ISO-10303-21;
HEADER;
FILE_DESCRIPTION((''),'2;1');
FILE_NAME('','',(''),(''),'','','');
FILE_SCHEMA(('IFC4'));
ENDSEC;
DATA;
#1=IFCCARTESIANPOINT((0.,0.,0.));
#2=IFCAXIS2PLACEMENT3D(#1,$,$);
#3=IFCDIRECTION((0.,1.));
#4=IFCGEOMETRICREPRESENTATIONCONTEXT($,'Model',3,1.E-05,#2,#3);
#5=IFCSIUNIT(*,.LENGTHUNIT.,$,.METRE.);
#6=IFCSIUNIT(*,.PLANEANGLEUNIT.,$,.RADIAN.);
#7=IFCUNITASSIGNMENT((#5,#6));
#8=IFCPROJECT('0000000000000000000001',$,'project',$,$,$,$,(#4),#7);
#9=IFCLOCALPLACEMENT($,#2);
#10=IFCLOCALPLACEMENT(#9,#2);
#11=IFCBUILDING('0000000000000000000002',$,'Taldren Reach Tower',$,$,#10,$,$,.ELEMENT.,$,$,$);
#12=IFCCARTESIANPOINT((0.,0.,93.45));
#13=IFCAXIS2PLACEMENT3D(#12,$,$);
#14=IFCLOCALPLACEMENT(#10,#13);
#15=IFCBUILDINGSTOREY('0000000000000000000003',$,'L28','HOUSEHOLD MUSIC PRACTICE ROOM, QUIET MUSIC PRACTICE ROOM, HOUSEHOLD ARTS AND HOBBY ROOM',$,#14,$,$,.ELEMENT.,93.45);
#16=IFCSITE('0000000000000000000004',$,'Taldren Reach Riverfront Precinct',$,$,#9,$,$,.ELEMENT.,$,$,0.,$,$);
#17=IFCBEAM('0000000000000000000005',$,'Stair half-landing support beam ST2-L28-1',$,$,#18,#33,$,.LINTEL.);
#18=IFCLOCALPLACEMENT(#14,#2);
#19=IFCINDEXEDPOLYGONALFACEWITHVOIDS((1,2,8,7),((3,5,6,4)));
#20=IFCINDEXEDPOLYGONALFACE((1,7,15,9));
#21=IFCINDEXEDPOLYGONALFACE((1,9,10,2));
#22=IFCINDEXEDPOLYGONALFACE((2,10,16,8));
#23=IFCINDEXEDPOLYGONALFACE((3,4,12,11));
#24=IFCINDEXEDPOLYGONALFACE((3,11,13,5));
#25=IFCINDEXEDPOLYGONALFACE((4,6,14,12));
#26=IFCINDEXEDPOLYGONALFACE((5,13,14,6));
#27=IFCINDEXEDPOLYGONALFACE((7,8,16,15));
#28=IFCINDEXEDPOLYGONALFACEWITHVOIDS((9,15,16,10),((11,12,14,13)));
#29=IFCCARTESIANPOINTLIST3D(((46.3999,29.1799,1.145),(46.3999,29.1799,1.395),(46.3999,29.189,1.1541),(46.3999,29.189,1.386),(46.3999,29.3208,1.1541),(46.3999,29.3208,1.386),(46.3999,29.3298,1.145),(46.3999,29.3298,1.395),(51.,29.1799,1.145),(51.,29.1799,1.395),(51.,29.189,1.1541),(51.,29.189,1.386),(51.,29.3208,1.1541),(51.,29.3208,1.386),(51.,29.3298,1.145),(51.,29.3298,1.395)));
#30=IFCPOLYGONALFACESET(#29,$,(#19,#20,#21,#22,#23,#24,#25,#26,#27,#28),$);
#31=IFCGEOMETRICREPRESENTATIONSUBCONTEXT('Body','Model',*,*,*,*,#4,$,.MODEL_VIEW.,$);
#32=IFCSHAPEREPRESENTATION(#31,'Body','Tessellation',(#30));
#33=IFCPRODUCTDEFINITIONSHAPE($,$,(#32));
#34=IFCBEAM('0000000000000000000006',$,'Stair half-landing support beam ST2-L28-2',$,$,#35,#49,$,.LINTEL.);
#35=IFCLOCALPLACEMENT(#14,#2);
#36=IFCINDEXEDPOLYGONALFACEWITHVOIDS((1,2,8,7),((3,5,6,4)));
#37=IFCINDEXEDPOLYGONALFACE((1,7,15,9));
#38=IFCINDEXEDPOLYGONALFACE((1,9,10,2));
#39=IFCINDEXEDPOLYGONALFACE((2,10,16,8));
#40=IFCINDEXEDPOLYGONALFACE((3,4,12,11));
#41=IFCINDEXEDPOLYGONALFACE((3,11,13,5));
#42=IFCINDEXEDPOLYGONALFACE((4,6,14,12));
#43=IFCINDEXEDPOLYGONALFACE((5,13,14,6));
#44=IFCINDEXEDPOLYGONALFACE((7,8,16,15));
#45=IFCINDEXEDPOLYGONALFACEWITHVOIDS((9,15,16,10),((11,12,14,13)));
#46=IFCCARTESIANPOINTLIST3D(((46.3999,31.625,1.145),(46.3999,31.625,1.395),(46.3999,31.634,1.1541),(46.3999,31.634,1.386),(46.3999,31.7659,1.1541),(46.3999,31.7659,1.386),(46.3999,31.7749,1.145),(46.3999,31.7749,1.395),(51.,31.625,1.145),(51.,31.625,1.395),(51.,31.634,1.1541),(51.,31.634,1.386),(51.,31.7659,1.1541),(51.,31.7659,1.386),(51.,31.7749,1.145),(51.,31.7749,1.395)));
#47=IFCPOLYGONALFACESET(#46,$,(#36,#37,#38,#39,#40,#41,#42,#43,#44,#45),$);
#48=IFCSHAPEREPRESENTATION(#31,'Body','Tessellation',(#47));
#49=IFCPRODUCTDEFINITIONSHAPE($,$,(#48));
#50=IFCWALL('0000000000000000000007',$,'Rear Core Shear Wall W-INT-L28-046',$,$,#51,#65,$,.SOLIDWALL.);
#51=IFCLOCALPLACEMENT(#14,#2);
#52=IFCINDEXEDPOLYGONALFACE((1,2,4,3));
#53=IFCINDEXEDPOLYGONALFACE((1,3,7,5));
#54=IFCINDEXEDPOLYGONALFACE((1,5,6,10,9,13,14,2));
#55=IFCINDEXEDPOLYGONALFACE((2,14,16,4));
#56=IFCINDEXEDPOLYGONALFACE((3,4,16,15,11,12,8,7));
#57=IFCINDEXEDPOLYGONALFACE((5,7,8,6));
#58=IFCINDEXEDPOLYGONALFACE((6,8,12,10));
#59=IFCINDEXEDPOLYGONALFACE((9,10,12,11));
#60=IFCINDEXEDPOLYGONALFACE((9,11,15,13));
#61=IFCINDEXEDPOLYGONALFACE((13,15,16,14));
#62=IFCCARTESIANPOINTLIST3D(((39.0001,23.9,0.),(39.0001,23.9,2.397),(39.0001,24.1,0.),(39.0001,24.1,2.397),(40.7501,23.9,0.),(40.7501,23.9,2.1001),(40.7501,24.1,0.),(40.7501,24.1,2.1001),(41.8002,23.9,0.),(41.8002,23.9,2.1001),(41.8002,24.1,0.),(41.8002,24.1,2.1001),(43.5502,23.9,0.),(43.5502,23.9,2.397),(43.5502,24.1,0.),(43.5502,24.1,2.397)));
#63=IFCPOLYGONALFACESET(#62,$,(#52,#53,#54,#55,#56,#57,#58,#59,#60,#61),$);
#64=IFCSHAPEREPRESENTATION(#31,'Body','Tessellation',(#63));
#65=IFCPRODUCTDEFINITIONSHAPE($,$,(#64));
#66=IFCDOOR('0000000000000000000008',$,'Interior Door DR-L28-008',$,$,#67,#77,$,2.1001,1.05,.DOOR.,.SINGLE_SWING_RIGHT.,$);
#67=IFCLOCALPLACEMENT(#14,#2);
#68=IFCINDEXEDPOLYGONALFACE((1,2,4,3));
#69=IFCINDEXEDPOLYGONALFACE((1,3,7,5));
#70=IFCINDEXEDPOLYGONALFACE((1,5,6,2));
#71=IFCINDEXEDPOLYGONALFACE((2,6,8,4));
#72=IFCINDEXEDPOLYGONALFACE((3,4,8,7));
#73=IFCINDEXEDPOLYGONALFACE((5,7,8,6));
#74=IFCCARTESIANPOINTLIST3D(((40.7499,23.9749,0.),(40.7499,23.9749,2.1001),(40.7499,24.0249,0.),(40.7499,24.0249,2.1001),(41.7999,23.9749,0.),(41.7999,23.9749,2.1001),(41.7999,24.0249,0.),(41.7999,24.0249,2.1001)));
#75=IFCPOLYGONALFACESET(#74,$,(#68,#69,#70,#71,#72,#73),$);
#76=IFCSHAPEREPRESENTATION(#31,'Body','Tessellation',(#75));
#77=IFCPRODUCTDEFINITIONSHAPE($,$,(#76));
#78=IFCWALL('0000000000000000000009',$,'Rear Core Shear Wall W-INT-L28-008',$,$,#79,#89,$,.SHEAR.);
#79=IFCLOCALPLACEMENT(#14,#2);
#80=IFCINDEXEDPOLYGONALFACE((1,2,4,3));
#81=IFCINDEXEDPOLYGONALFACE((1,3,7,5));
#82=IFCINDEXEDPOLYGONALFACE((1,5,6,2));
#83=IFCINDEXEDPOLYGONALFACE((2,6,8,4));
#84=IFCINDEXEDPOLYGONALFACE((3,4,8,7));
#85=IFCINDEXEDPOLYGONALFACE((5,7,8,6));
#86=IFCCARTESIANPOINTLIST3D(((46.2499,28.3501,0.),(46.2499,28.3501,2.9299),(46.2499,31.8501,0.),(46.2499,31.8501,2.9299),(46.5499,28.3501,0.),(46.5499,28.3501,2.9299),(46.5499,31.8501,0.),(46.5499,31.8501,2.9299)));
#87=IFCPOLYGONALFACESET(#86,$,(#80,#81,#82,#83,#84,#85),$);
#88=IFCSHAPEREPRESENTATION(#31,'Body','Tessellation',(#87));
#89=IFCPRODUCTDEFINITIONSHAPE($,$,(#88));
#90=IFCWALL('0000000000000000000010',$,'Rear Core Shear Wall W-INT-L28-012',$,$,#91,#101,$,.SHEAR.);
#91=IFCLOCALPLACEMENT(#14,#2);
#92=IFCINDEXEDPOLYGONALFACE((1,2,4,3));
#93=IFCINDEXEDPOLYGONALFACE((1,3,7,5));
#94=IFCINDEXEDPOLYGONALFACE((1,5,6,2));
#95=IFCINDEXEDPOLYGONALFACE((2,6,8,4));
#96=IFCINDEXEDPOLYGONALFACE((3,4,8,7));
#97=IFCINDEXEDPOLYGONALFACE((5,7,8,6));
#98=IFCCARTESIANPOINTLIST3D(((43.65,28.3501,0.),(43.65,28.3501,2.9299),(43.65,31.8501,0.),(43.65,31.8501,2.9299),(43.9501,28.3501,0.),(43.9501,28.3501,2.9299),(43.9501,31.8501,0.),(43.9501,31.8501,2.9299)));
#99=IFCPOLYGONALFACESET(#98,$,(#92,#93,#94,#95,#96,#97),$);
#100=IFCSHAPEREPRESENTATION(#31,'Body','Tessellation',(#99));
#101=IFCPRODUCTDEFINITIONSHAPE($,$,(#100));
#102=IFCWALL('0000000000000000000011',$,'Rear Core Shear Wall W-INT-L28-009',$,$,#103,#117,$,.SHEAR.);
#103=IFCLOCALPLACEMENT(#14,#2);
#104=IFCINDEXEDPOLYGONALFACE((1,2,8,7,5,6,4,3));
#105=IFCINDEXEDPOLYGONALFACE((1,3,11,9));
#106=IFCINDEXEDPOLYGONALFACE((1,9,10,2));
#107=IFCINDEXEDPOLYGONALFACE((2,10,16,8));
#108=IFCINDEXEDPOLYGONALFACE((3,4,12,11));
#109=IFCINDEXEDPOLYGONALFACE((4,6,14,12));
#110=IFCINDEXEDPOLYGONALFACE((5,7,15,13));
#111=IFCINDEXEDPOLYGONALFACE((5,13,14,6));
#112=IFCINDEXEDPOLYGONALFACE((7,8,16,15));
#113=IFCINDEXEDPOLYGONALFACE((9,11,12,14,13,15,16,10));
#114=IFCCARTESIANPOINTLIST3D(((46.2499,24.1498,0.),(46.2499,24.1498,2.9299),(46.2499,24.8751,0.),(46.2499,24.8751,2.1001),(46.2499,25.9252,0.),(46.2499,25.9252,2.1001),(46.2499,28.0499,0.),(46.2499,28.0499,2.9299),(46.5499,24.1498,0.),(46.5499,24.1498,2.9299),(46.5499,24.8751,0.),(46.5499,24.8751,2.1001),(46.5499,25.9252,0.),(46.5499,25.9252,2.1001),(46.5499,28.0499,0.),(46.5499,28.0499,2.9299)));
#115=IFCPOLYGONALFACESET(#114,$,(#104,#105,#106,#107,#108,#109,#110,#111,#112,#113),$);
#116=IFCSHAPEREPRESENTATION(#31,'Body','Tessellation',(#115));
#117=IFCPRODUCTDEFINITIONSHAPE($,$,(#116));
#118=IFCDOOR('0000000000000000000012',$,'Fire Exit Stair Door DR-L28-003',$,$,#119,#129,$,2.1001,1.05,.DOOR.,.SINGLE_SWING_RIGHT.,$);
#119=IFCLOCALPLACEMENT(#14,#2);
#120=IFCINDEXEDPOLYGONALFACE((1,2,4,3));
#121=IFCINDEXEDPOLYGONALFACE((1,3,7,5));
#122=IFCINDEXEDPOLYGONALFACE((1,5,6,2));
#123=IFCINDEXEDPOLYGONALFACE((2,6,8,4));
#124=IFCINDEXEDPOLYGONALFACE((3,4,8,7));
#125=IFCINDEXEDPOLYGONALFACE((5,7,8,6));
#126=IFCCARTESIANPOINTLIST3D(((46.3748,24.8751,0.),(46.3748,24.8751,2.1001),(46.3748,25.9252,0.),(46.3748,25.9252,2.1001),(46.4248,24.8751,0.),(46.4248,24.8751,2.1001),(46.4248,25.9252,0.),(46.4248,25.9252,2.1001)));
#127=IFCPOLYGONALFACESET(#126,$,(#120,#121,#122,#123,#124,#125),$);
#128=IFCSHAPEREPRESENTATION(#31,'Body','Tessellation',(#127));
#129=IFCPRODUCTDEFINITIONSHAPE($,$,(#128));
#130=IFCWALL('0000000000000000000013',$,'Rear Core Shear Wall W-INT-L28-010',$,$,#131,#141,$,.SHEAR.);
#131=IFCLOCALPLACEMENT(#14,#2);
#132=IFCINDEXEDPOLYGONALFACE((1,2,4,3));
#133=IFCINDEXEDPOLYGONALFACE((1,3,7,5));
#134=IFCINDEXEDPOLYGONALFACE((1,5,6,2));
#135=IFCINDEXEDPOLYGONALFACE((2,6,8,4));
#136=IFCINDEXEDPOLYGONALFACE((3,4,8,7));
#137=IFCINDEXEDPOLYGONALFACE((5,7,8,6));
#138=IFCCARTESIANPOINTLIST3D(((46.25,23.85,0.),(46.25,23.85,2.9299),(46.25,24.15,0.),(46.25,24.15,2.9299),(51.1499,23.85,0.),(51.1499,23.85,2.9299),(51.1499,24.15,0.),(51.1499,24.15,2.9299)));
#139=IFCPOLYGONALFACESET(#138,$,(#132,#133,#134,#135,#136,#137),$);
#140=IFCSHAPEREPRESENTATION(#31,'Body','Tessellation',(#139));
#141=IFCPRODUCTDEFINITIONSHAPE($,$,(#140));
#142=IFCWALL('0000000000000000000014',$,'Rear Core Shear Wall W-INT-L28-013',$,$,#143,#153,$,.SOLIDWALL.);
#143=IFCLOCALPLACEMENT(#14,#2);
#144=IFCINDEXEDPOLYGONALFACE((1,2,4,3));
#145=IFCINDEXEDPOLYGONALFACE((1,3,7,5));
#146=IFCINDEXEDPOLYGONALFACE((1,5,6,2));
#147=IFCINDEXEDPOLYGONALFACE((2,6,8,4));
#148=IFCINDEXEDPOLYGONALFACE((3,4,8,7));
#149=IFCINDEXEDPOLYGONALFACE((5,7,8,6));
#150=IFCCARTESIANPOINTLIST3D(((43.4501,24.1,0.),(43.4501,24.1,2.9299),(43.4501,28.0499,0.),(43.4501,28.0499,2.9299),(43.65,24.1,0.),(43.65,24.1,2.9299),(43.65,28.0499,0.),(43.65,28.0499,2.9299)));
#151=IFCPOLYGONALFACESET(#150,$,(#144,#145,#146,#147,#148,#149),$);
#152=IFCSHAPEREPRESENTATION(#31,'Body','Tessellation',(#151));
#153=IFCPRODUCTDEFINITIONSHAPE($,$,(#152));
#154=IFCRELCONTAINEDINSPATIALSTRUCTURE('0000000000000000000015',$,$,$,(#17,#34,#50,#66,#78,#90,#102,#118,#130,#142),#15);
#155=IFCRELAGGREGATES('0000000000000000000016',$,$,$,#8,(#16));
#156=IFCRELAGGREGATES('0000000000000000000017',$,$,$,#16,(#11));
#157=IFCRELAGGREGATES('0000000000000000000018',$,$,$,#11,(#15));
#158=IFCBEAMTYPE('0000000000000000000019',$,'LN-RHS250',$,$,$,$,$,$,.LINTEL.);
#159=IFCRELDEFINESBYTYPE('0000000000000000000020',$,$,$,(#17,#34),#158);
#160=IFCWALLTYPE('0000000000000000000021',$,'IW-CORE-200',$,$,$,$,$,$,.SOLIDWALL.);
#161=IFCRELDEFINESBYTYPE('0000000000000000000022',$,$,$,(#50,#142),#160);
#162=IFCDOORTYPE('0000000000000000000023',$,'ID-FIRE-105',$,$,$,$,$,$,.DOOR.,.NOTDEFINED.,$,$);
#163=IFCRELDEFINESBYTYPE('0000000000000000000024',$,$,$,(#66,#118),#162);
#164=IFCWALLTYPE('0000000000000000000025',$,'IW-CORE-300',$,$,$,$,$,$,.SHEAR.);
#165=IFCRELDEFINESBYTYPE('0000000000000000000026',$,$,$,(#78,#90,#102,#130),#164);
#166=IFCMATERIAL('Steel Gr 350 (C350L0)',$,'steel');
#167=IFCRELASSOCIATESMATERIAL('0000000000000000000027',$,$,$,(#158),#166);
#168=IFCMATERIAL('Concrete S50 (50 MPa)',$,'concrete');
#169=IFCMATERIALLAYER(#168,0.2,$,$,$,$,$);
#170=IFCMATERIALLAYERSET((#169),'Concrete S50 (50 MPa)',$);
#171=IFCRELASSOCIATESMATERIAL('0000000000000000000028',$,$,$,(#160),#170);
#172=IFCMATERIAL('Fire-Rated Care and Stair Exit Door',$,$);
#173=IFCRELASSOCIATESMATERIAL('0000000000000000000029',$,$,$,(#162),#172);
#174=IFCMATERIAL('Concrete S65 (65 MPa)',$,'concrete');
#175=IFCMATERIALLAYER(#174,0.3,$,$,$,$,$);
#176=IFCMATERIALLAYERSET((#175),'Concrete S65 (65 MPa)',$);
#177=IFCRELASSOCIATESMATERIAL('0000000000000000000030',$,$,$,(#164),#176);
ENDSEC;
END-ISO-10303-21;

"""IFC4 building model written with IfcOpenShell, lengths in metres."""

from ifc_helpers import new_model, si_unit, direction, frame, frame_2d, origin, origin_2d, place, context, subcontext, project, spatial, rectangle, hollow_rectangle, extrude, source, transform, mapped, material, layer, layer_set, material_profile, profile_set, type_object, element, fill, save


model = new_model("IFC4")

# Units and contexts
model_context = context("Model", 3, precision=1e-05, world=origin(), true_north=direction((0.0, 1.0)))
body_context = subcontext(model_context, "Body", "Model", "MODEL_VIEW")
ifc_project = project(units=[si_unit("LENGTHUNIT", "METRE"), si_unit("PLANEANGLEUNIT", "RADIAN")], contexts=[model_context])

# Site, building, storey
site_placement = place(None, origin())
site = spatial("IfcSite", under=ifc_project, at=site_placement, Name="Taldren Reach Riverfront Precinct", CompositionType="ELEMENT", RefElevation=0.0)
building_placement = place(site_placement, origin())
building = spatial("IfcBuilding", under=site, at=building_placement, Name="Taldren Reach Tower", CompositionType="ELEMENT")
storey_placement = place(building_placement, frame((0.0, 0.0, 93.45)))
storey = spatial("IfcBuildingStorey", under=building, at=storey_placement, Name="L28", Description="HOUSEHOLD MUSIC PRACTICE ROOM, QUIET MUSIC PRACTICE ROOM, HOUSEHOLD ARTS AND HOBBY ROOM", CompositionType="ELEMENT", Elevation=93.45)

# Beams
ifc_material_1 = material(Name="Steel Gr 350 (C350L0)", Category="steel")
ifc_material_profile = material_profile(ifc_material_1, hollow_rectangle(XDim=0.1499, YDim=0.25, WallThickness=0.009, at=origin_2d()), Name="250x150x9.0RHS")
ifc_profile_set = profile_set([ifc_material_profile], Name="Steel Gr 350 (C350L0)")
beam_type = type_object("IfcBeamType", Name="LN-RHS250", PredefinedType="LINTEL", material=ifc_profile_set)
shared_shape_1 = source(origin(), body_context, "Body", "SweptSolid", [
    extrude(hollow_rectangle(XDim=0.1499, YDim=0.25, WallThickness=0.009, at=origin_2d()), origin(), (0.0, 0.0, 1.0), 4.6001),
])
for number, where, z_axis, x_axis, name in (
    (1, (46.3999, 29.2549, 1.27), (1.0, 0.0, 0.0), (0.0, 1.0, 0.0), "Stair half-landing support beam ST2-L28-1"),
    (2, (46.3999, 31.7, 1.27), (1.0, 0.0, 0.0), (0.0, 1.0, 0.0), "Stair half-landing support beam ST2-L28-2"),
):
    element("IfcBeam", number, at=place(storey_placement, frame(where, z_axis=z_axis, x_axis=x_axis)), inside=storey, type_object=beam_type, Name=name, PredefinedType="LINTEL", context=body_context, shape_type="MappedRepresentation", body=[
        mapped(shared_shape_1, transform((0.0, 0.0, 0.0), scale=1.0)),
    ])

# Wall, opening, door
ifc_material_2 = material(Name="Concrete S50 (50 MPa)", Category="concrete")
ifc_layer_1 = layer(ifc_material_2, 0.2)
ifc_layer_set_1 = layer_set([ifc_layer_1], Name="Concrete S50 (50 MPa)")
wall_type_1 = type_object("IfcWallType", Name="IW-CORE-200", PredefinedType="SOLIDWALL", material=ifc_layer_set_1)
shared_shape_2 = source(origin(), body_context, "Body", "SweptSolid", [
    extrude(rectangle(XDim=4.55, YDim=0.2, at=frame_2d((2.2749, 0.0))), origin(), (0.0, 0.0, 1.0), 2.397),
])
wall_1_placement = place(storey_placement, frame((43.55, 24.0, 0.0), z_axis=(0.0, 0.0, 1.0), x_axis=(-1.0, 0.0, 0.0)))
wall_1 = element("IfcWall", 3, at=wall_1_placement, inside=storey, type_object=wall_type_1, Name="Rear Core Shear Wall W-INT-L28-046", PredefinedType="SOLIDWALL", context=body_context, shape_type="MappedRepresentation", body=[
    mapped(shared_shape_2, transform((0.0, 0.0, 0.0), scale=1.0)),
])
shared_shape_3 = source(origin(), body_context, "Body", "SweptSolid", [
    extrude(rectangle(XDim=1.05, YDim=2.1001, at=frame_2d((0.5249, 1.05))), frame((0.0, 0.1099, 0.0), z_axis=(0.0, -1.0, 0.0), x_axis=(1.0, 0.0, 0.0)), (0.0, 0.0, 1.0), 0.22),
])
opening_1_placement = place(wall_1_placement, frame((1.75, 0.0, 0.0)))
opening_1 = element("IfcOpeningElement", 4, at=opening_1_placement, cuts=wall_1, PredefinedType="OPENING", context=body_context, shape_type="MappedRepresentation", body=[
    mapped(shared_shape_3, transform((0.0, 0.0, 0.0), scale=1.0)),
])
ifc_material_3 = material(Name="Fire-Rated Care and Stair Exit Door")
door_type_1 = type_object("IfcDoorType", Name="ID-FIRE-105", OperationType="NOTDEFINED", PredefinedType="DOOR", material=ifc_material_3)
shared_shape_4 = source(origin(), body_context, "Body", "SweptSolid", [
    extrude(rectangle(XDim=1.05, YDim=2.1001, at=frame_2d((0.5249, 1.05))), frame((0.0, 0.0249, 0.0), z_axis=(0.0, -1.0, 0.0), x_axis=(1.0, 0.0, 0.0)), (0.0, 0.0, 1.0), 0.05),
])
door_1_placement = place(opening_1_placement, frame((1.05, 0.0, 0.0), z_axis=(0.0, 0.0, 1.0), x_axis=(-1.0, 0.0, 0.0)))
door_1 = element("IfcDoor", 5, at=door_1_placement, inside=storey, type_object=door_type_1, Name="Interior Door DR-L28-008", OperationType="SINGLE_SWING_RIGHT", OverallHeight=2.1001, OverallWidth=1.05, PredefinedType="DOOR", context=body_context, shape_type="MappedRepresentation", body=[
    mapped(shared_shape_4, transform((0.0, 0.0, 0.0), scale=1.0)),
])
fill(opening_1, door_1)

# Walls
ifc_material_4 = material(Name="Concrete S65 (65 MPa)", Category="concrete")
ifc_layer_2 = layer(ifc_material_4, 0.3)
ifc_layer_set_2 = layer_set([ifc_layer_2], Name="Concrete S65 (65 MPa)")
wall_type_2 = type_object("IfcWallType", Name="IW-CORE-300", PredefinedType="SHEAR", material=ifc_layer_set_2)
shared_shape_5 = source(origin(), body_context, "Body", "SweptSolid", [
    extrude(rectangle(XDim=3.5, YDim=0.3, at=frame_2d((1.75, 0.0))), origin(), (0.0, 0.0, 1.0), 2.9299),
])
for number, where, z_axis, x_axis, name in (
    (6, (46.3999, 31.8501, 0.0), (0.0, 0.0, 1.0), (0.0, -1.0, 0.0), "Rear Core Shear Wall W-INT-L28-008"),
    (7, (43.8, 31.8501, 0.0), (0.0, 0.0, 1.0), (0.0, -1.0, 0.0), "Rear Core Shear Wall W-INT-L28-012"),
):
    element("IfcWall", number, at=place(storey_placement, frame(where, z_axis=z_axis, x_axis=x_axis)), inside=storey, type_object=wall_type_2, Name=name, PredefinedType="SHEAR", context=body_context, shape_type="MappedRepresentation", body=[
        mapped(shared_shape_5, transform((0.0, 0.0, 0.0), scale=1.0)),
    ])

# Wall, opening, door
shared_shape_6 = source(origin(), body_context, "Body", "SweptSolid", [
    extrude(rectangle(XDim=3.9001, YDim=0.3, at=frame_2d((1.9502, 0.0))), origin(), (0.0, 0.0, 1.0), 2.9299),
])
wall_2_placement = place(storey_placement, frame((46.3999, 28.05, 0.0), z_axis=(0.0, 0.0, 1.0), x_axis=(0.0, -1.0, 0.0)))
wall_2 = element("IfcWall", 8, at=wall_2_placement, inside=storey, type_object=wall_type_2, Name="Rear Core Shear Wall W-INT-L28-009", PredefinedType="SHEAR", context=body_context, shape_type="MappedRepresentation", body=[
    mapped(shared_shape_6, transform((0.0, 0.0, 0.0), scale=1.0)),
])
shared_shape_7 = source(origin(), body_context, "Body", "SweptSolid", [
    extrude(rectangle(XDim=1.05, YDim=2.1001, at=frame_2d((0.5249, 1.05))), frame((0.0, 0.1602, 0.0), z_axis=(0.0, -1.0, 0.0), x_axis=(1.0, 0.0, 0.0)), (0.0, 0.0, 1.0), 0.3201),
])
opening_2_placement = place(wall_2_placement, frame((2.125, 0.0, 0.0)))
opening_2 = element("IfcOpeningElement", 9, at=opening_2_placement, cuts=wall_2, PredefinedType="OPENING", context=body_context, shape_type="MappedRepresentation", body=[
    mapped(shared_shape_7, transform((0.0, 0.0, 0.0), scale=1.0)),
])
door_2_placement = place(opening_2_placement, origin())
door_2 = element("IfcDoor", 10, at=door_2_placement, inside=storey, type_object=door_type_1, Name="Fire Exit Stair Door DR-L28-003", OperationType="SINGLE_SWING_RIGHT", OverallHeight=2.1001, OverallWidth=1.05, PredefinedType="DOOR", context=body_context, shape_type="MappedRepresentation", body=[
    mapped(shared_shape_4, transform((0.0, 0.0, 0.0), scale=1.0)),
])
fill(opening_2, door_2)

# Wall
shared_shape_8 = source(origin(), body_context, "Body", "SweptSolid", [
    extrude(rectangle(XDim=4.8999, YDim=0.3, at=frame_2d((2.45, 0.0))), origin(), (0.0, 0.0, 1.0), 2.9299),
])
wall_3_placement = place(storey_placement, frame((46.25, 24.0, 0.0), z_axis=(0.0, 0.0, 1.0), x_axis=(1.0, 0.0, 0.0)))
element("IfcWall", 11, at=wall_3_placement, inside=storey, type_object=wall_type_2, Name="Rear Core Shear Wall W-INT-L28-010", PredefinedType="SHEAR", context=body_context, shape_type="MappedRepresentation", body=[
    mapped(shared_shape_8, transform((0.0, 0.0, 0.0), scale=1.0)),
])

# Wall
shared_shape_9 = source(origin(), body_context, "Body", "SweptSolid", [
    extrude(rectangle(XDim=3.95, YDim=0.2, at=frame_2d((1.9751, 0.0))), origin(), (0.0, 0.0, 1.0), 2.9299),
])
wall_4_placement = place(storey_placement, frame((43.55, 28.05, 0.0), z_axis=(0.0, 0.0, 1.0), x_axis=(0.0, -1.0, 0.0)))
element("IfcWall", 12, at=wall_4_placement, inside=storey, type_object=wall_type_1, Name="Rear Core Shear Wall W-INT-L28-013", PredefinedType="SOLIDWALL", context=body_context, shape_type="MappedRepresentation", body=[
    mapped(shared_shape_9, transform((0.0, 0.0, 0.0), scale=1.0)),
])

save(model, "model.ifc")
